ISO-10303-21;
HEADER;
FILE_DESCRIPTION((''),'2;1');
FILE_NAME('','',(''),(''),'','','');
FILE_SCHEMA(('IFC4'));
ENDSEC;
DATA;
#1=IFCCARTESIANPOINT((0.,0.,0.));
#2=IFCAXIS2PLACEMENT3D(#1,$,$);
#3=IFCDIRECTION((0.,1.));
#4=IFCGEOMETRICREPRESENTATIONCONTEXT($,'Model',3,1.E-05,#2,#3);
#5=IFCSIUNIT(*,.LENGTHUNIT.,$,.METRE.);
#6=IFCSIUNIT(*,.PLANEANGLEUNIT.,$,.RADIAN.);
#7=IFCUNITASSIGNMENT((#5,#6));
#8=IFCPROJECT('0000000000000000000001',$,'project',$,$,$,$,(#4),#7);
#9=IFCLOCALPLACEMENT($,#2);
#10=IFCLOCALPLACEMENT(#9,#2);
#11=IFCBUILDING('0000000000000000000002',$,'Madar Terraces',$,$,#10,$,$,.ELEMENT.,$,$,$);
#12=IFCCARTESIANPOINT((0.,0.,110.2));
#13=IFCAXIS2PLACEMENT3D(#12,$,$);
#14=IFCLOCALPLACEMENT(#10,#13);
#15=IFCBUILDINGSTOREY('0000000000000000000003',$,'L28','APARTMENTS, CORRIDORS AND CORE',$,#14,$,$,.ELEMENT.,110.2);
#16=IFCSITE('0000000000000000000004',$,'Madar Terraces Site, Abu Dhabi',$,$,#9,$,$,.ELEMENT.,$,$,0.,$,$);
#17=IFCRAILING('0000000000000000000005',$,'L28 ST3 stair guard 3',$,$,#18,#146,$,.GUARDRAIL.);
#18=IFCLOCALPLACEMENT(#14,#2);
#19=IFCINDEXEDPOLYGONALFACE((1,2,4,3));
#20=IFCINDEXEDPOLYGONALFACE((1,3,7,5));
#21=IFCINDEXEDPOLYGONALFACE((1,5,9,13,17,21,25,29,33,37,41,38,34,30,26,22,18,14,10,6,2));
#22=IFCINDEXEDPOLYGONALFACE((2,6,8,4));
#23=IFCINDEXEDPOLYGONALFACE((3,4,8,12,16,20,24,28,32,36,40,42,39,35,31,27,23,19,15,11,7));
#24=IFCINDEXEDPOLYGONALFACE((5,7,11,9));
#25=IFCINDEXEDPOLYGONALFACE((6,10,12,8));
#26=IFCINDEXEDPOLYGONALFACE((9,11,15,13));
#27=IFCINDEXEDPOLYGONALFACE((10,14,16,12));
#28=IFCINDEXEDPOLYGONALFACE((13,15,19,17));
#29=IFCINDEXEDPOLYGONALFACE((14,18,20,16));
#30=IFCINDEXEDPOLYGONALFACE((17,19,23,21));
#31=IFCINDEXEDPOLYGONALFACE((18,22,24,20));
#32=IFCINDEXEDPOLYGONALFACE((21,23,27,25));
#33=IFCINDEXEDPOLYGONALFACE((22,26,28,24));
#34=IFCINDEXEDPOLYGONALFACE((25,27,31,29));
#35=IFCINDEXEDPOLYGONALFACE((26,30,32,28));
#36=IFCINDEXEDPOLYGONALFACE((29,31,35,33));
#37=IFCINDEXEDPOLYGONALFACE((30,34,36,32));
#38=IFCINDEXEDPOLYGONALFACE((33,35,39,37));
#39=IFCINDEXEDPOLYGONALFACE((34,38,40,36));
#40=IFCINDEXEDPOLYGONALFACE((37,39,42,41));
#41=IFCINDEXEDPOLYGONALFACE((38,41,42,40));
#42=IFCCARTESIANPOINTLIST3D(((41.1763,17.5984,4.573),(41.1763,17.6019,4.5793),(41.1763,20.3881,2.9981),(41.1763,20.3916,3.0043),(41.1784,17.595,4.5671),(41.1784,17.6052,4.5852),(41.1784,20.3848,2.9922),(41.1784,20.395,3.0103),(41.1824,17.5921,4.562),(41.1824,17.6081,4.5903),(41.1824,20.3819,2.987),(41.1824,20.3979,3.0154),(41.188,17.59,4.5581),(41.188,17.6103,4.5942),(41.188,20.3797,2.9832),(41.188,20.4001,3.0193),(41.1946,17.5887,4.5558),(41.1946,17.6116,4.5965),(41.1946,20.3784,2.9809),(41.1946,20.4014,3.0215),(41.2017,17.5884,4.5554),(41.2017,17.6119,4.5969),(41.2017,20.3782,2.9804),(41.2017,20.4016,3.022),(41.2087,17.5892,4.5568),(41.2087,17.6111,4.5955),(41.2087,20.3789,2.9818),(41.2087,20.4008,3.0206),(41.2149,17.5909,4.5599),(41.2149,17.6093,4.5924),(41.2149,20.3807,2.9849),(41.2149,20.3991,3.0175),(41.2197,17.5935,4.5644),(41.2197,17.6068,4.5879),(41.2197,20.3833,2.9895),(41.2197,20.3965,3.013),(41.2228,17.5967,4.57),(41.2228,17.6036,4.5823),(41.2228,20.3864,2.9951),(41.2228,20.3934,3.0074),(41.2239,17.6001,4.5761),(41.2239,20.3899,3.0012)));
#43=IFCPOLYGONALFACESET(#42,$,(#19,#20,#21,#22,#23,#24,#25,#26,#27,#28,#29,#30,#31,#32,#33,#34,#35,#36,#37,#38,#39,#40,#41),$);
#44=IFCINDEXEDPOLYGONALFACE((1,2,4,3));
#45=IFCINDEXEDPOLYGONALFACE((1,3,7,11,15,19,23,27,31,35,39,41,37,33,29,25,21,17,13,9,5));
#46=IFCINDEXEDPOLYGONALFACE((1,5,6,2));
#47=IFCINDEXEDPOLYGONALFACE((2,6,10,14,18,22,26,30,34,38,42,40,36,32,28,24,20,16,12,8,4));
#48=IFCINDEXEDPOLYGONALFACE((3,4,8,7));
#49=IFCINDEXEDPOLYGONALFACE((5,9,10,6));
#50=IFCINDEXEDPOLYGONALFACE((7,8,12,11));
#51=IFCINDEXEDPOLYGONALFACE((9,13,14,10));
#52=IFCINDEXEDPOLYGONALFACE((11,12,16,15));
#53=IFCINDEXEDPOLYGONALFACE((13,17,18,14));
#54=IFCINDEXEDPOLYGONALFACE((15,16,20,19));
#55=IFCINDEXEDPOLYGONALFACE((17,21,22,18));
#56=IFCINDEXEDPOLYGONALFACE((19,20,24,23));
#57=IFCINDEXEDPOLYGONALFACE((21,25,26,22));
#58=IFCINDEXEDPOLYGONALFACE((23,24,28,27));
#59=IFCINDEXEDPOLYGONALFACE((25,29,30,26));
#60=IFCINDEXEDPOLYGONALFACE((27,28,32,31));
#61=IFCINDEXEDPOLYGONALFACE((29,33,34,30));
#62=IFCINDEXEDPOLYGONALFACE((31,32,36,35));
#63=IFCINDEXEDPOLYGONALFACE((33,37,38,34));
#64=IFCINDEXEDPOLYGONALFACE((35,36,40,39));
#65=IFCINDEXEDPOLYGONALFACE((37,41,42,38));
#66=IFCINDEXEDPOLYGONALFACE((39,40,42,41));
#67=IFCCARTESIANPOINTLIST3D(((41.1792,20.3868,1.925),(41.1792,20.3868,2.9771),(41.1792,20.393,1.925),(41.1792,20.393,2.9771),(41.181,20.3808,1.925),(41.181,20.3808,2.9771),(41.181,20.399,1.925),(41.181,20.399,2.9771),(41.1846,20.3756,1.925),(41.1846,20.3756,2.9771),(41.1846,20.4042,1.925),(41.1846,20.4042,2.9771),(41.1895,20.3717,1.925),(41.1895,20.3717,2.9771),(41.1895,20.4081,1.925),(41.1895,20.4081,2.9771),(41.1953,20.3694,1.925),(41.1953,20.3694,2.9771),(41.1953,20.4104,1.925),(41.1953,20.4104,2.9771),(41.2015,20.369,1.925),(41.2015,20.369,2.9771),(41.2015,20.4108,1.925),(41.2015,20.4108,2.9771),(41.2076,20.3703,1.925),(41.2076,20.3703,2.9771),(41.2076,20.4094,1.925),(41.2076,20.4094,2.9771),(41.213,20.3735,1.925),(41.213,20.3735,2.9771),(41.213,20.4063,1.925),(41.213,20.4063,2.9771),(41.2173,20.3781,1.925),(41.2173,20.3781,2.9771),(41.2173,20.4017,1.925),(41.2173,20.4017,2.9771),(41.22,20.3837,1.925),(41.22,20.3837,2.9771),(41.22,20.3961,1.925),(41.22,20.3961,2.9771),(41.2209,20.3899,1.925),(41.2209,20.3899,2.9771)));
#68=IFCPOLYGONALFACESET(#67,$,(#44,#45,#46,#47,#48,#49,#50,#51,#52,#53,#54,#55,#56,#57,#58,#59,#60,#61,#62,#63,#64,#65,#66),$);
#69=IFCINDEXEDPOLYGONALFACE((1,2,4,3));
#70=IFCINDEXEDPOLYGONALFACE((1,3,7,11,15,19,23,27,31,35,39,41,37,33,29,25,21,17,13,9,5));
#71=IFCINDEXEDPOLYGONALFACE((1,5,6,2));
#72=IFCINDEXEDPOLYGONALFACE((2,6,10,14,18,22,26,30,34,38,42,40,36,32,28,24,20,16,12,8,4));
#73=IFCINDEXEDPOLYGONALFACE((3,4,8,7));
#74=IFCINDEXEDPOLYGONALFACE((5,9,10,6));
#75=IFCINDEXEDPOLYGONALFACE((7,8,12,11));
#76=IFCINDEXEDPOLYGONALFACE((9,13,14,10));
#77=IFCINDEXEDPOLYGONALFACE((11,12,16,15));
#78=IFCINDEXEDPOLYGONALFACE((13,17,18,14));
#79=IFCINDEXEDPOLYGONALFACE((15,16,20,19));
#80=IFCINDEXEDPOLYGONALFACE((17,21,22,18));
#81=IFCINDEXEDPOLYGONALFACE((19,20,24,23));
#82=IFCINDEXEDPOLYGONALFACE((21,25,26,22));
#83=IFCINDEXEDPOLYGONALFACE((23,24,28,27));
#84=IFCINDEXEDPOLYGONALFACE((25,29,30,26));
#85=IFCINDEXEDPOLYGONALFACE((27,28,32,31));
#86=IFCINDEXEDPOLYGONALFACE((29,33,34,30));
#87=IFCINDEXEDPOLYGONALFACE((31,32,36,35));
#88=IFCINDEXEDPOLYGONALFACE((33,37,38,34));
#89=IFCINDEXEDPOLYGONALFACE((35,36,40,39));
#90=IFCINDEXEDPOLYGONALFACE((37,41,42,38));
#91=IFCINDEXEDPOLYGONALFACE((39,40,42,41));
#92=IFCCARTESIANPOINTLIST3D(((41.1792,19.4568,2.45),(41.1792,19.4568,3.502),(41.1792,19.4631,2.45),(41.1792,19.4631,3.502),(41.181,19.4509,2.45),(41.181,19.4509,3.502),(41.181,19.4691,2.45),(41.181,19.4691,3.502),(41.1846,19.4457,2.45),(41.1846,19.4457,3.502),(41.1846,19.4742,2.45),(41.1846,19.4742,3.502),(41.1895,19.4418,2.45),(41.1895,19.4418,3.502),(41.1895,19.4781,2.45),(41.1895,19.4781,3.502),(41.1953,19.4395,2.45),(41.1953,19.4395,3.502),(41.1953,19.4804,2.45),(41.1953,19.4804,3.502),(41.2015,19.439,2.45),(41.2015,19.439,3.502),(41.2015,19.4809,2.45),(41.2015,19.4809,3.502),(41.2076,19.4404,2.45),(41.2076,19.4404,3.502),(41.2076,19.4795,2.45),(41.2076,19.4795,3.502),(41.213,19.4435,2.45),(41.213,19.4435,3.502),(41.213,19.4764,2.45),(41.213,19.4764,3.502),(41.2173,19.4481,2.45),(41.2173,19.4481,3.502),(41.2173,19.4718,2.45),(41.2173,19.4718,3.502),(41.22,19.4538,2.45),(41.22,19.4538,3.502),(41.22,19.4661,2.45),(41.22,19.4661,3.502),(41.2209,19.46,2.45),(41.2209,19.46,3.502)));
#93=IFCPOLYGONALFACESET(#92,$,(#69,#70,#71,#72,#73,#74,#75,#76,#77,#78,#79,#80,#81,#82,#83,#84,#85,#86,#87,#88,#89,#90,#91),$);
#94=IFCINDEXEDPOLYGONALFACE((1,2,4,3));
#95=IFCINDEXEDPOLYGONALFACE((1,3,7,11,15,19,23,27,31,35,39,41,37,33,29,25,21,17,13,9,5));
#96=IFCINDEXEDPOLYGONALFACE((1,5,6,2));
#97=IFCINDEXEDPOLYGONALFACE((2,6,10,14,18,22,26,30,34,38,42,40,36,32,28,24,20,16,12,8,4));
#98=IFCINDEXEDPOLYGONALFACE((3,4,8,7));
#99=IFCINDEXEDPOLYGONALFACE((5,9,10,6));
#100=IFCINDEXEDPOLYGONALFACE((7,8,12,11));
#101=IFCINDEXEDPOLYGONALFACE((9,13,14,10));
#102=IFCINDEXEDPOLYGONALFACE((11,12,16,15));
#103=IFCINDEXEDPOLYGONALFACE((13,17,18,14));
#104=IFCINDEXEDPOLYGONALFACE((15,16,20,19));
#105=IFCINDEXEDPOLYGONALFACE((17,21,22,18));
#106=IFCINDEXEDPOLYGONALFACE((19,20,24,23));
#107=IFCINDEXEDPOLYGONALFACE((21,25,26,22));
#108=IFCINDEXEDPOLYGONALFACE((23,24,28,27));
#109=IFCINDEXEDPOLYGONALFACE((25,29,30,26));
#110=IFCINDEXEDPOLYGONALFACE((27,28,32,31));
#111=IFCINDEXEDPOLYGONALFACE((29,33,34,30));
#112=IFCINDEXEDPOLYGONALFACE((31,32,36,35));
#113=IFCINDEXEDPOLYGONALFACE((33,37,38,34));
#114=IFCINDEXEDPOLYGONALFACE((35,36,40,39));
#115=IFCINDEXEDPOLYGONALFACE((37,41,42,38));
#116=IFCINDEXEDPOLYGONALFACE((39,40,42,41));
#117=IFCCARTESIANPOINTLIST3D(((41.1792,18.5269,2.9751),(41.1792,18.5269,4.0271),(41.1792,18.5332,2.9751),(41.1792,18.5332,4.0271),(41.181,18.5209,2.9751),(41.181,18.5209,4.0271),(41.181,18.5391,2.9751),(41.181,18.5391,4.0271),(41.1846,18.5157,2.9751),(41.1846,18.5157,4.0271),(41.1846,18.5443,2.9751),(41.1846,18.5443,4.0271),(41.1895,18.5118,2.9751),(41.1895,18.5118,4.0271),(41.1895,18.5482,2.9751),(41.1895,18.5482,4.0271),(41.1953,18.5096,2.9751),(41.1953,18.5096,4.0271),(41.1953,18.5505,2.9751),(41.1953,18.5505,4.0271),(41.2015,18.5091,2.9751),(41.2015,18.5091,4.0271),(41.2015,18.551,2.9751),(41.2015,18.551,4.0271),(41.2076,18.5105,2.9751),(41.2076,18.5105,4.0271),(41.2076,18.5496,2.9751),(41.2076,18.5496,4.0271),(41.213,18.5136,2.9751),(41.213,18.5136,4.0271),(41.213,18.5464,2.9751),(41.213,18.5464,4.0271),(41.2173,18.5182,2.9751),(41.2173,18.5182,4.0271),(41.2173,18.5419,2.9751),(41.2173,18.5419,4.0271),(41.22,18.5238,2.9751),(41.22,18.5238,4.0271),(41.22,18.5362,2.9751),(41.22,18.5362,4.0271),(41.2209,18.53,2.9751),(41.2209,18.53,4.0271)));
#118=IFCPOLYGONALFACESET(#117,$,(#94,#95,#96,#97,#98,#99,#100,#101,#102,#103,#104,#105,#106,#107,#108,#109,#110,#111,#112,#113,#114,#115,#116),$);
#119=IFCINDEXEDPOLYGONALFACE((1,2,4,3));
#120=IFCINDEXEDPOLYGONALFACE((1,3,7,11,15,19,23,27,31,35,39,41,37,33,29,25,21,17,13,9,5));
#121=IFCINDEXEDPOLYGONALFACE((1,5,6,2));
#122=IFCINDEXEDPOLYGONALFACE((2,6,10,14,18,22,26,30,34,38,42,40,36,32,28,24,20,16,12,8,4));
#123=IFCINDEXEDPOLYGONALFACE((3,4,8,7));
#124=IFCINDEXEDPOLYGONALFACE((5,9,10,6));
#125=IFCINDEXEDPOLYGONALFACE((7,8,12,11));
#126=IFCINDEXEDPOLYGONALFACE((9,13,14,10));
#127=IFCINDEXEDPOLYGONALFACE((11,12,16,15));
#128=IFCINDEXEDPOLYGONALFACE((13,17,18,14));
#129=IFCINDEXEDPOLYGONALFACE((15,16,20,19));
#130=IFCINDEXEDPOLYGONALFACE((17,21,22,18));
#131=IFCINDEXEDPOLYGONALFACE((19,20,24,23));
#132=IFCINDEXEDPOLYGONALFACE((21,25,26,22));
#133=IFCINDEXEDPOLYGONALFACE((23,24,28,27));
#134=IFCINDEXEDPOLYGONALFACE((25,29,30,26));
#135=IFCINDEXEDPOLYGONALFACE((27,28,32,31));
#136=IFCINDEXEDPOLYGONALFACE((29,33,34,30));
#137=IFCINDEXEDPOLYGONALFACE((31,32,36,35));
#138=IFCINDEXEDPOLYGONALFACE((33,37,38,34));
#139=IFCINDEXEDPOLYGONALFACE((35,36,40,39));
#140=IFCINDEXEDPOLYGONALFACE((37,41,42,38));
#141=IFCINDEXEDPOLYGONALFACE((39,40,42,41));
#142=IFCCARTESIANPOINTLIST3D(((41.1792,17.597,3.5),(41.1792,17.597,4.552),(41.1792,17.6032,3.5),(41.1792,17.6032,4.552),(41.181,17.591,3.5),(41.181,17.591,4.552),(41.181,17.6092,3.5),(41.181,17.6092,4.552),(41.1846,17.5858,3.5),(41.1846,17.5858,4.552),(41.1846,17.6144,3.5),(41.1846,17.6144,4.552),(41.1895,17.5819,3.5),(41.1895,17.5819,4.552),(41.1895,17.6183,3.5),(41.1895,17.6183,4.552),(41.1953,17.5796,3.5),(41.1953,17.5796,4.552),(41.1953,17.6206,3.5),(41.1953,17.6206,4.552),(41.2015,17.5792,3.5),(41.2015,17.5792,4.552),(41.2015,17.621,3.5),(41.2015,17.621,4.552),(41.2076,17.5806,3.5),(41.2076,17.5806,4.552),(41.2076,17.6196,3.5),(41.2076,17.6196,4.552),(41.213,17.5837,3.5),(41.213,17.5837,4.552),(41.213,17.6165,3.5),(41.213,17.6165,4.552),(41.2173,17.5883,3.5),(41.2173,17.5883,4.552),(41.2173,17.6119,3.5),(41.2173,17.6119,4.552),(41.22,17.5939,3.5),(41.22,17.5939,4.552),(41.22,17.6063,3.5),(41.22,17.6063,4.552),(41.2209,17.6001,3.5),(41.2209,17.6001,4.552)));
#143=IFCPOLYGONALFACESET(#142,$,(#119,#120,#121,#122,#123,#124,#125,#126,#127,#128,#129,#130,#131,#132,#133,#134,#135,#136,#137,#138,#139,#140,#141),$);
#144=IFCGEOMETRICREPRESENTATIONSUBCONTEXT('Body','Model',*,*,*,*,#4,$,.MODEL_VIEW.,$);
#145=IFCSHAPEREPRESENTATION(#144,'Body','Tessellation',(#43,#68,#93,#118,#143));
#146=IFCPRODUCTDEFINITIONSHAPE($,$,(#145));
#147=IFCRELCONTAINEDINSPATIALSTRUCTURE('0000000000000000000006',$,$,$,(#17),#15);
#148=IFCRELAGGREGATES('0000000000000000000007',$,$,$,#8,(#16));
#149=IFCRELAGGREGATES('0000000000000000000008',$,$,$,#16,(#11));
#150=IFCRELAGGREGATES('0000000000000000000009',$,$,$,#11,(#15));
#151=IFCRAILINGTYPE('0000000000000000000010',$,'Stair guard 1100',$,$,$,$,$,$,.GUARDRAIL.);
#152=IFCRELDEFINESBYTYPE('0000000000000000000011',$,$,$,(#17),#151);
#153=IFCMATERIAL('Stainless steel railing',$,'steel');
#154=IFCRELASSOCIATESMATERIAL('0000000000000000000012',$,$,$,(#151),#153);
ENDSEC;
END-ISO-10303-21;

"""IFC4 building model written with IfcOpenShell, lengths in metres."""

from ifc_helpers import new_model, si_unit, direction, frame, origin, origin_2d, place, context, subcontext, project, spatial, circle, extrude, material, type_object, element, save


model = new_model("IFC4")

# Units and contexts
model_context = context("Model", 3, precision=1e-05, world=origin(), true_north=direction((0.0, 1.0)))
body_context = subcontext(model_context, "Body", "Model", "MODEL_VIEW")
ifc_project = project(units=[si_unit("LENGTHUNIT", "METRE"), si_unit("PLANEANGLEUNIT", "RADIAN")], contexts=[model_context])

# Site, building, storey
site_placement = place(None, origin())
site = spatial("IfcSite", under=ifc_project, at=site_placement, Name="Madar Terraces Site, Abu Dhabi", CompositionType="ELEMENT", RefElevation=0.0)
building_placement = place(site_placement, origin())
building = spatial("IfcBuilding", under=site, at=building_placement, Name="Madar Terraces", CompositionType="ELEMENT")
storey_placement = place(building_placement, frame((0.0, 0.0, 110.2)))
storey = spatial("IfcBuildingStorey", under=building, at=storey_placement, Name="L28", Description="APARTMENTS, CORRIDORS AND CORE", CompositionType="ELEMENT", Elevation=110.2)

# Railing
ifc_material_1 = material(Name="Stainless steel railing", Category="steel")
railing_type_1 = type_object("IfcRailingType", Name="Stair guard 1100", PredefinedType="GUARDRAIL", material=ifc_material_1)
railing_1_placement = place(storey_placement, frame((41.2, 20.3899, 1.925)))
element("IfcRailing", 1, at=railing_1_placement, inside=storey, type_object=railing_type_1, Name="L28 ST3 stair guard 3", PredefinedType="GUARDRAIL", context=body_context, shape_type="SweptSolid", body=[
    extrude(circle(Radius=0.0239, at=origin_2d()), frame((0.0, 0.0, 1.0762), z_axis=(0.0, -0.870815, 0.49161), x_axis=(1.0, 0.0, 0.0)), (0.0, 0.0, 1.0), 3.2036),
    extrude(circle(Radius=0.021, at=origin_2d()), origin(), (0.0, 0.0, 1.0), 1.052),
    extrude(circle(Radius=0.021, at=origin_2d()), frame((0.0, -0.9299, 0.5249)), (0.0, 0.0, 1.0), 1.052),
    extrude(circle(Radius=0.021, at=origin_2d()), frame((0.0, -1.8599, 1.05)), (0.0, 0.0, 1.0), 1.052),
    extrude(circle(Radius=0.021, at=origin_2d()), frame((0.0, -2.7898, 1.575)), (0.0, 0.0, 1.0), 1.052),
])

save(model, "model.ifc")
